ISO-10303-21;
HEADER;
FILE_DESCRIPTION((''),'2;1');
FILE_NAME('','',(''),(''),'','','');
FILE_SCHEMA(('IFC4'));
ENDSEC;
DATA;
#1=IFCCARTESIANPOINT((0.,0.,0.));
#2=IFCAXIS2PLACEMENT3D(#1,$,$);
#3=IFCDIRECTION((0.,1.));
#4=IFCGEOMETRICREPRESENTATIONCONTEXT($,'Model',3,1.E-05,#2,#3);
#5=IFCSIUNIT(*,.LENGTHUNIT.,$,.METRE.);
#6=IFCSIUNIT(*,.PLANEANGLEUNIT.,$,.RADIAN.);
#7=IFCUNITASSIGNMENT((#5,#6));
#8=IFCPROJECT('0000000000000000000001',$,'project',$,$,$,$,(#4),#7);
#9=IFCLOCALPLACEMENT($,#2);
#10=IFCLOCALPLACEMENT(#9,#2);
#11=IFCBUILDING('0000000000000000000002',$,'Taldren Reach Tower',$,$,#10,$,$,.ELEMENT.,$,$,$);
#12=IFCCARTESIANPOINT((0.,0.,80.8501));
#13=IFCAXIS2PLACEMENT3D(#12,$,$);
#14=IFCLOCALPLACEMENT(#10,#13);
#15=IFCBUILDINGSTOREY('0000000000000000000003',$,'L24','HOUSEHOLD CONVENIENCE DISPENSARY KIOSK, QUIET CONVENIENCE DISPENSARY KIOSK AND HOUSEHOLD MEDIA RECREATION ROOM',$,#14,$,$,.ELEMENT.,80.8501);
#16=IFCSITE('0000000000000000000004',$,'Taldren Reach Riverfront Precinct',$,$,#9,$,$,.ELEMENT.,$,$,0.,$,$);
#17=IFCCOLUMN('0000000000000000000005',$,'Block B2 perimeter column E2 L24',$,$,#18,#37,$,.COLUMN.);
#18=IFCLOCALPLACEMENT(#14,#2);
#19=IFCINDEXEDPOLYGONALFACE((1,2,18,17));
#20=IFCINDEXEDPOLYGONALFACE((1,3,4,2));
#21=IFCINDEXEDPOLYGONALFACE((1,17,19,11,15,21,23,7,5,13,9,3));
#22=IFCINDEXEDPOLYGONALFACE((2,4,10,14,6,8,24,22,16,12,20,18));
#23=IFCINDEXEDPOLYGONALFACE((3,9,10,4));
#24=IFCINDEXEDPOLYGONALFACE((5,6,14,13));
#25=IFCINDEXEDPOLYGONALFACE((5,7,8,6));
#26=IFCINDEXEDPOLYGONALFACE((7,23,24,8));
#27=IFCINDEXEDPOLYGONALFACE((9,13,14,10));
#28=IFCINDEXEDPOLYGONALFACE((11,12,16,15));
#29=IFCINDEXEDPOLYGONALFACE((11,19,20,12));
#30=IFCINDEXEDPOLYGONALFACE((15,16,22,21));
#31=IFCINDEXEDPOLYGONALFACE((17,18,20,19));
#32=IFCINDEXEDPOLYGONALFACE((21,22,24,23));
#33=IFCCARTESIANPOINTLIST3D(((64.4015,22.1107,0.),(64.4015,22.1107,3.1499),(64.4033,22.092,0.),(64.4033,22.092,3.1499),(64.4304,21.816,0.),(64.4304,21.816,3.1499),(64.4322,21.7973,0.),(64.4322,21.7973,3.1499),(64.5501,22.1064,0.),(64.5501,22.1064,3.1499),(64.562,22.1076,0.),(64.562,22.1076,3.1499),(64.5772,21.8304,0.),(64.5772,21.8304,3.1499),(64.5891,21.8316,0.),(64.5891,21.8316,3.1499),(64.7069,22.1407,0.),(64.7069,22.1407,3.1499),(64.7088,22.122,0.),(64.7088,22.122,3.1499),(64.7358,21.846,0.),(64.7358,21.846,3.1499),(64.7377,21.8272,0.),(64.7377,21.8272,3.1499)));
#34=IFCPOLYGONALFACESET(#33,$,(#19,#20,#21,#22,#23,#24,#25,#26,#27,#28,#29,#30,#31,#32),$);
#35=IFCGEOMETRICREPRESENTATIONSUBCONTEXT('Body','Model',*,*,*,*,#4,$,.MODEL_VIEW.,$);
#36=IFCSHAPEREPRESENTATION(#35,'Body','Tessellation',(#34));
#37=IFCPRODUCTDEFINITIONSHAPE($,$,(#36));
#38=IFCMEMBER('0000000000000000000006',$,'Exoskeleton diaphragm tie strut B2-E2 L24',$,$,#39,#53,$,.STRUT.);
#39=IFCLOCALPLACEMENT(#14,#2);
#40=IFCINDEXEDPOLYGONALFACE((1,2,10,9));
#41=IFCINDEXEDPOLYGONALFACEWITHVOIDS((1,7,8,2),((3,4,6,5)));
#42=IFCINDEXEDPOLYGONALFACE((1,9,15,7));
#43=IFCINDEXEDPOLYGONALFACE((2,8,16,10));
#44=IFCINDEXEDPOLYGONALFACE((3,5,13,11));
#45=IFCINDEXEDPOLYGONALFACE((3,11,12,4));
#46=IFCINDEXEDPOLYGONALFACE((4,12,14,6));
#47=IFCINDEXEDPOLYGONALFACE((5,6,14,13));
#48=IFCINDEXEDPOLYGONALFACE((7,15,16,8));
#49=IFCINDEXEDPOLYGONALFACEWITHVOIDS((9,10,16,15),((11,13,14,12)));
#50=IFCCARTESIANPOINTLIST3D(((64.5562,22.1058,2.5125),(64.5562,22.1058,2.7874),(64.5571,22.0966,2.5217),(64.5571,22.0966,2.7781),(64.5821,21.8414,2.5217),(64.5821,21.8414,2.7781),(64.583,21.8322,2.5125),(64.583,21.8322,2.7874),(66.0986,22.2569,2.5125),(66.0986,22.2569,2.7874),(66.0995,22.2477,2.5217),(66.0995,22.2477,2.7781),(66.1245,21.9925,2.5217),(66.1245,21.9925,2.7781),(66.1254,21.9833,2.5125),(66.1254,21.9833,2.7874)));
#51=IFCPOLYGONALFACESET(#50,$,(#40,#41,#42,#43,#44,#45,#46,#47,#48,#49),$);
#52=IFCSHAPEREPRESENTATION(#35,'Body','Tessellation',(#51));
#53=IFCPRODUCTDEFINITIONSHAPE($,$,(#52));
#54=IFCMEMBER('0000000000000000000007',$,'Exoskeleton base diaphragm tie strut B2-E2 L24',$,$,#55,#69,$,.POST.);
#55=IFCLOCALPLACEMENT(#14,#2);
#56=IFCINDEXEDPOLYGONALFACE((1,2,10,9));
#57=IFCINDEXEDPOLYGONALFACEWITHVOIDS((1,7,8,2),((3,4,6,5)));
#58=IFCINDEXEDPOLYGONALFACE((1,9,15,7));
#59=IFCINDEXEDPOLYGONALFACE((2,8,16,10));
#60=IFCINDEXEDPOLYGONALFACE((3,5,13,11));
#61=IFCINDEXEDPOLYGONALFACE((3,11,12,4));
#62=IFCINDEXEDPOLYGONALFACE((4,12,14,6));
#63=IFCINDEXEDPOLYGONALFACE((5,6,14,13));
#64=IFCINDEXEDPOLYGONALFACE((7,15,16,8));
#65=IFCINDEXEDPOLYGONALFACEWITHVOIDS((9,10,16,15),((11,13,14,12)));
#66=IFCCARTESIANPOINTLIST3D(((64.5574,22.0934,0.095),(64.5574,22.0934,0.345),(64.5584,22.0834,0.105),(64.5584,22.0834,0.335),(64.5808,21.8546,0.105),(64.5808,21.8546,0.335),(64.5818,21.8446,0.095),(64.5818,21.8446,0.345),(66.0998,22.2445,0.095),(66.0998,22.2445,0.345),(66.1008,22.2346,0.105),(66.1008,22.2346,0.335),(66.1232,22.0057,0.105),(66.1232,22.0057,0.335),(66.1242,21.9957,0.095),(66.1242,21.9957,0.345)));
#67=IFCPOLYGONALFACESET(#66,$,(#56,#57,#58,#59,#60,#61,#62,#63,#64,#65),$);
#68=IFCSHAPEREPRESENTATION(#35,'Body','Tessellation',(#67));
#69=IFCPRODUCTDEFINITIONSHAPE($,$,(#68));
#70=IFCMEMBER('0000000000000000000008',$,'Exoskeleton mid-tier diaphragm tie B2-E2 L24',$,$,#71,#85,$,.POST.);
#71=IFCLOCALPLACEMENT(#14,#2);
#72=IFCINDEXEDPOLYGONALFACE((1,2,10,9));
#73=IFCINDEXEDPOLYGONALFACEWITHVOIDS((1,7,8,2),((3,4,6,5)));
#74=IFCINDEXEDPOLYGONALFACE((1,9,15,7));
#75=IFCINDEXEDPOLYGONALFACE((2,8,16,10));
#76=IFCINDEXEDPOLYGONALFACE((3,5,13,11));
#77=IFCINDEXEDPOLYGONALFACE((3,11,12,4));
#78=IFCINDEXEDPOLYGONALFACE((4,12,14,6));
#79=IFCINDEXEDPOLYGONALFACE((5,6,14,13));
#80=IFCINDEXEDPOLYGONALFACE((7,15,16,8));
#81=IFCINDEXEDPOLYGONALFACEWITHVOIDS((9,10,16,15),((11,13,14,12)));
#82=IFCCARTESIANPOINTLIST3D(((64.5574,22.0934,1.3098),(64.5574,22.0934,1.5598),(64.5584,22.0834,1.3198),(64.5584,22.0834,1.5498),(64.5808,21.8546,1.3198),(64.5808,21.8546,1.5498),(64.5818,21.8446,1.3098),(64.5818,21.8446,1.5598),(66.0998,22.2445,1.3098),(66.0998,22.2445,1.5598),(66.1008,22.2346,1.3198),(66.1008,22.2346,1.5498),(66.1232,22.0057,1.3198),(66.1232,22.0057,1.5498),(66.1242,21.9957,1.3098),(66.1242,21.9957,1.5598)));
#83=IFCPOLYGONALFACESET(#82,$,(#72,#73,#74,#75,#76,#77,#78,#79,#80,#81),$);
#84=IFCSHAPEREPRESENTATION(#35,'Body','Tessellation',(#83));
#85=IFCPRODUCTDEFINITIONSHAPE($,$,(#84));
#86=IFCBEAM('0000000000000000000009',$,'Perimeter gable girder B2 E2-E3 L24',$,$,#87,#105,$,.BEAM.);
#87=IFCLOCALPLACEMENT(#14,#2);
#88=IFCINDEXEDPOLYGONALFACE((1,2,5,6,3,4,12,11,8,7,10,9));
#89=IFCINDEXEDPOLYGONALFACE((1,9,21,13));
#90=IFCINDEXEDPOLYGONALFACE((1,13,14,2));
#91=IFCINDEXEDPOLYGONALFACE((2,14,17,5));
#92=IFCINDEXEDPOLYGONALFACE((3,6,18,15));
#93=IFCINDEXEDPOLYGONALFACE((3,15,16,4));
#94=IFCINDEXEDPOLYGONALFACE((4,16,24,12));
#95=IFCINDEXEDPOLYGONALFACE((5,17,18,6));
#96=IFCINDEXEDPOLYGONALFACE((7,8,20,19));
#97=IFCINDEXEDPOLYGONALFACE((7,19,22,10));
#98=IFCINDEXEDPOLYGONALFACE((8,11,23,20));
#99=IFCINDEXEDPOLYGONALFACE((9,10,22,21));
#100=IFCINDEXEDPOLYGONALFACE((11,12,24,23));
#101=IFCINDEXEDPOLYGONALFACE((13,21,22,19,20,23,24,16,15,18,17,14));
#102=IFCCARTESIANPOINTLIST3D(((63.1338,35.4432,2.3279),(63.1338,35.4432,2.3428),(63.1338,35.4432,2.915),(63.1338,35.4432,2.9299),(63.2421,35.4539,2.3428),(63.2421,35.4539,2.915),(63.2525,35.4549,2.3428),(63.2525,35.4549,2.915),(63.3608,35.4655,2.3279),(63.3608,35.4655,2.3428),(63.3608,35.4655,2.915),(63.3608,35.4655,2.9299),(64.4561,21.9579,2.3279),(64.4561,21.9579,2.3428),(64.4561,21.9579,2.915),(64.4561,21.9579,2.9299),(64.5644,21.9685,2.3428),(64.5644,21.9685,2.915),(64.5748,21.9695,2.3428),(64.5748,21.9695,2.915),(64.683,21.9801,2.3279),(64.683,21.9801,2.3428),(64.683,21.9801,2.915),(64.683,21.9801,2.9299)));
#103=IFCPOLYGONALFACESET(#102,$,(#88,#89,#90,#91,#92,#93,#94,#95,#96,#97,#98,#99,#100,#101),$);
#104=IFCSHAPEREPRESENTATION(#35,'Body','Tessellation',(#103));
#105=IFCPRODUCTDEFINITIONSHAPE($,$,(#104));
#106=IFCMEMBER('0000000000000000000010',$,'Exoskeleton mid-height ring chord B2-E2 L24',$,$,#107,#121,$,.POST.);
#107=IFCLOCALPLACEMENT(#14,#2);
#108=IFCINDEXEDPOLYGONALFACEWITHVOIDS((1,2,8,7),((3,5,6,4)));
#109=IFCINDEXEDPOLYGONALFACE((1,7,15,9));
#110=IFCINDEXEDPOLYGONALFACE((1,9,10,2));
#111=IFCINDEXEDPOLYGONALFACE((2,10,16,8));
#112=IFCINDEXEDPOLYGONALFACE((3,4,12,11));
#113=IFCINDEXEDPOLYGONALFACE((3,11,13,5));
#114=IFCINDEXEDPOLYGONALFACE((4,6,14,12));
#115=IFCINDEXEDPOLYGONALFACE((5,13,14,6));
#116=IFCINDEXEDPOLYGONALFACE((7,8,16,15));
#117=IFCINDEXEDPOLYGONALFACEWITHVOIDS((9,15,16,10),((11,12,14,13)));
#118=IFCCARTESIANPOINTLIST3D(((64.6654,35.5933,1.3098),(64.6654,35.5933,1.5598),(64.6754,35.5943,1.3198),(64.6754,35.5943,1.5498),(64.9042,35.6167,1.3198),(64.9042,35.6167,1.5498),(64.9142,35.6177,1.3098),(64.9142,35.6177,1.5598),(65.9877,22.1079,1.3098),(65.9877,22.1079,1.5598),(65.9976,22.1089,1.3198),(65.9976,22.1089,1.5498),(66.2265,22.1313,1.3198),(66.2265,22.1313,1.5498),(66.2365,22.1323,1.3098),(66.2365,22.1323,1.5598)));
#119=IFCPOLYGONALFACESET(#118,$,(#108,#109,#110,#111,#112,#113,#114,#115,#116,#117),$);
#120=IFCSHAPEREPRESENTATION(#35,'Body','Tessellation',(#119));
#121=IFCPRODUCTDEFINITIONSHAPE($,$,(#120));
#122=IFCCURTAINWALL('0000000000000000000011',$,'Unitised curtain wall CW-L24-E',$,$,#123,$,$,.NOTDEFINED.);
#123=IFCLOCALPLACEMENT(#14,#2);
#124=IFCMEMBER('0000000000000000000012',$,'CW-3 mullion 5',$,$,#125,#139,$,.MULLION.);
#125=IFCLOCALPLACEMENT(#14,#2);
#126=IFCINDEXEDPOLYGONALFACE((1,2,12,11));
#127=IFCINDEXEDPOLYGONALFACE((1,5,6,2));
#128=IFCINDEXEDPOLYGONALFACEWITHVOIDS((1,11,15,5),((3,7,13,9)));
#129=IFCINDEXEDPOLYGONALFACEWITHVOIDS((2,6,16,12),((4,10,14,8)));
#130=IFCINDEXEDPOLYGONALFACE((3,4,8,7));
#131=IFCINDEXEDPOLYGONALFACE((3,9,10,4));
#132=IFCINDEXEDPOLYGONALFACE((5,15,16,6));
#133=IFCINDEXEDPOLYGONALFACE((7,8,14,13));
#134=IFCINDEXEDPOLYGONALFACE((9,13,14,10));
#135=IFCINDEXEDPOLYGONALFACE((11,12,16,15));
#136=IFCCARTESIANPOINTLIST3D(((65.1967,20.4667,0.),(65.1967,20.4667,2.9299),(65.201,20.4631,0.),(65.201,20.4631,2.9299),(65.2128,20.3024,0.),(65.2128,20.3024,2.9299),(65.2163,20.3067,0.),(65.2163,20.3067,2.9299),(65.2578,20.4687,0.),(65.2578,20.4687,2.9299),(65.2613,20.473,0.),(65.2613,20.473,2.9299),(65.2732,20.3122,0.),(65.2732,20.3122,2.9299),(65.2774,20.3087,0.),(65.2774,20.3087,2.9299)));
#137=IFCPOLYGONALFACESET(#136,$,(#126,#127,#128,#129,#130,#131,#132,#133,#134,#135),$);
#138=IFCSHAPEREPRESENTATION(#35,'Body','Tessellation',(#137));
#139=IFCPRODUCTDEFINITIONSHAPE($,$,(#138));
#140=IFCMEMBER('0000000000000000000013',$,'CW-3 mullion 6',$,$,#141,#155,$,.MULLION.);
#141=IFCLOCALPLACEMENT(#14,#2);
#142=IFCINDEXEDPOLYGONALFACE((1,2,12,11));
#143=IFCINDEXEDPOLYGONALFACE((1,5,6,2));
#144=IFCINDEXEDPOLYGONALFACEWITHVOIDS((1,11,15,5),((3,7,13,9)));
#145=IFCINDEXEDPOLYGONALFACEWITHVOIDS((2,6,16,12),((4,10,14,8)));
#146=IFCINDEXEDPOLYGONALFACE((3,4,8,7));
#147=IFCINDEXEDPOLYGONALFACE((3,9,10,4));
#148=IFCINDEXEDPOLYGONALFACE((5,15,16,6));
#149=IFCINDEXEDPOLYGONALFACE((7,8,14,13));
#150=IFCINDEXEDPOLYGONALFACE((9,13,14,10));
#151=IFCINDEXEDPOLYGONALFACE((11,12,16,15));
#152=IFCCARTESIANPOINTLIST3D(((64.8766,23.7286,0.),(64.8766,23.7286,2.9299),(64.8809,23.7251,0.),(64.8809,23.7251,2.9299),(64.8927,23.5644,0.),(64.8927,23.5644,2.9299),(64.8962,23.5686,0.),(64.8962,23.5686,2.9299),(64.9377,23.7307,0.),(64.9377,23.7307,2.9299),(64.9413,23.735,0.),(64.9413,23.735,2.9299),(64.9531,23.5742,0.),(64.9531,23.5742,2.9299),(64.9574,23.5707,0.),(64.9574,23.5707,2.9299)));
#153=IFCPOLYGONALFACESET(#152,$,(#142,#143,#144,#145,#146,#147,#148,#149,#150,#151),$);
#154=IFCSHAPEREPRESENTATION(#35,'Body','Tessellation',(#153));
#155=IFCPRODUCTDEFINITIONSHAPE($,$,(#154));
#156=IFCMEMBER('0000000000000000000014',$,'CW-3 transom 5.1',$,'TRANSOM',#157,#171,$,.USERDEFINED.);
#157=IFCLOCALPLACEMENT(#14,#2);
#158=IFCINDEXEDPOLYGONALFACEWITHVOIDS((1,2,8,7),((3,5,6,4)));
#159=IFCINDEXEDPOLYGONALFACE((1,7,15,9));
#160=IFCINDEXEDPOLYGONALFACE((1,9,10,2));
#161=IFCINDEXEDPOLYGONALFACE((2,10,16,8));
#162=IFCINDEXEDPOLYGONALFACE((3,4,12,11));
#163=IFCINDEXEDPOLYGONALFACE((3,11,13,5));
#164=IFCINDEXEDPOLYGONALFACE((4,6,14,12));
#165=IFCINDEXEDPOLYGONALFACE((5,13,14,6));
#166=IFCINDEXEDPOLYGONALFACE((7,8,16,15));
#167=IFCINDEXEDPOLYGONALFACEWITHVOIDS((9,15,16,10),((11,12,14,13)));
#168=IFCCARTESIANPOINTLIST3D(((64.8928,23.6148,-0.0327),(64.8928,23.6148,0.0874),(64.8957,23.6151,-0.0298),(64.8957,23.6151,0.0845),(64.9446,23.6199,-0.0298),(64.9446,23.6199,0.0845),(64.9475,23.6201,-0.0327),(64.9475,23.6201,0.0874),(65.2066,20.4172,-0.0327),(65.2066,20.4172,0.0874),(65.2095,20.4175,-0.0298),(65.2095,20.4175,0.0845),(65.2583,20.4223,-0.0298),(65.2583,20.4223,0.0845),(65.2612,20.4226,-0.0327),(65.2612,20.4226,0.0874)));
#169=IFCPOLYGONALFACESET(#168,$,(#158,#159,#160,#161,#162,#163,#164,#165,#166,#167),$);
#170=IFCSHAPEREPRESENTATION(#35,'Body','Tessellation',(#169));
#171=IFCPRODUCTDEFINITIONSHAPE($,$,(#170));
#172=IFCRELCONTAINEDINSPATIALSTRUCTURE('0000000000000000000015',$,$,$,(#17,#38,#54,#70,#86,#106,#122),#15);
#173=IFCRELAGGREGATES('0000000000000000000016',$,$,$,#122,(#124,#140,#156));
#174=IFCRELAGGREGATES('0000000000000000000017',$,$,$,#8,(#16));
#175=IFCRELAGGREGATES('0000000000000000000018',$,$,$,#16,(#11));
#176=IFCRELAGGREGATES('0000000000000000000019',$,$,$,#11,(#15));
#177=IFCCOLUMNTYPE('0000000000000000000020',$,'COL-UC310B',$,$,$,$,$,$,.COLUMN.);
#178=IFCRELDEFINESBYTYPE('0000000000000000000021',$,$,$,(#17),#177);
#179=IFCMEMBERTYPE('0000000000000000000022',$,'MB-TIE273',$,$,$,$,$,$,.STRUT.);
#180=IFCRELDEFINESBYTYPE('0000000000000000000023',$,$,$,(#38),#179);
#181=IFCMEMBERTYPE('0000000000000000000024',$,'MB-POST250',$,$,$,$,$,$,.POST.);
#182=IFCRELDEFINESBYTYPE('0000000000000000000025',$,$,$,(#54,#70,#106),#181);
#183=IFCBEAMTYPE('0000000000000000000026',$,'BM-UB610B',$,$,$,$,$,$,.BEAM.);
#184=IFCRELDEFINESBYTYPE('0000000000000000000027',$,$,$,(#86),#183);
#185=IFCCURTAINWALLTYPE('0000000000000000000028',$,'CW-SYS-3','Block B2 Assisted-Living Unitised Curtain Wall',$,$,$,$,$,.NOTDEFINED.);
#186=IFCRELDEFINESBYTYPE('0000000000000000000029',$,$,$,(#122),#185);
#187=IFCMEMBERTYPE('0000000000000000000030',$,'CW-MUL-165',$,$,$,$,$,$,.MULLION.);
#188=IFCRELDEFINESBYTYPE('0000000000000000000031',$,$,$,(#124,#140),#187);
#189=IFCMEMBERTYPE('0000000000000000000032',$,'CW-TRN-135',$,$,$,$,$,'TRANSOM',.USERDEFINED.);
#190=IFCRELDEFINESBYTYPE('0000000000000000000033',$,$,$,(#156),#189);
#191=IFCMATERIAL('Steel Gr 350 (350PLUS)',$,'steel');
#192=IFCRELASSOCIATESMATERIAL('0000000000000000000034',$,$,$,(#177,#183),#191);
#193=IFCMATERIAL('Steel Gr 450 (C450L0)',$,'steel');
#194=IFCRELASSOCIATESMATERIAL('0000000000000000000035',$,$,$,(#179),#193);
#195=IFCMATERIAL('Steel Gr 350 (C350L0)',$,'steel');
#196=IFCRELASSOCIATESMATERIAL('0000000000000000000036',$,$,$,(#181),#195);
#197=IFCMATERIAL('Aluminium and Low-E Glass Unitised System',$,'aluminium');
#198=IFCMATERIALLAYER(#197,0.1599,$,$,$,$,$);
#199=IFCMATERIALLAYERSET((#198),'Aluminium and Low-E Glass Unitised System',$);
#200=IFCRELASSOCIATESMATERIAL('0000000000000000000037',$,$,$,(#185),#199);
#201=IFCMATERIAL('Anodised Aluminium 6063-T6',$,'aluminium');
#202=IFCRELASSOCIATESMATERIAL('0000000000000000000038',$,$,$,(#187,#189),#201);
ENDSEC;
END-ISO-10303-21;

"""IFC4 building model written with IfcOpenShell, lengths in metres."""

from ifc_helpers import new_model, si_unit, direction, frame, origin, origin_2d, place, context, subcontext, project, spatial, hollow_rectangle, i_section, extrude, source, transform, mapped, material, layer, layer_set, material_profile, profile_set, type_object, element, aggregate, save


model = new_model("IFC4")

# Units and contexts
model_context = context("Model", 3, precision=1e-05, world=origin(), true_north=direction((0.0, 1.0)))
body_context = subcontext(model_context, "Body", "Model", "MODEL_VIEW")
ifc_project = project(units=[si_unit("LENGTHUNIT", "METRE"), si_unit("PLANEANGLEUNIT", "RADIAN")], contexts=[model_context])

# Site, building, storey
site_placement = place(None, origin())
site = spatial("IfcSite", under=ifc_project, at=site_placement, Name="Taldren Reach Riverfront Precinct", CompositionType="ELEMENT", RefElevation=0.0)
building_placement = place(site_placement, origin())
building = spatial("IfcBuilding", under=site, at=building_placement, Name="Taldren Reach Tower", CompositionType="ELEMENT")
storey_placement = place(building_placement, frame((0.0, 0.0, 80.8501)))
storey = spatial("IfcBuildingStorey", under=building, at=storey_placement, Name="L24", Description="HOUSEHOLD CONVENIENCE DISPENSARY KIOSK, QUIET CONVENIENCE DISPENSARY KIOSK AND HOUSEHOLD MEDIA RECREATION ROOM", CompositionType="ELEMENT", Elevation=80.8501)

# Column
ifc_material_1 = material(Name="Steel Gr 350 (350PLUS)", Category="steel")
ifc_material_profile_1 = material_profile(ifc_material_1, i_section(OverallWidth=0.3069, OverallDepth=0.3149, WebThickness=0.012, FlangeThickness=0.0188, at=origin_2d()), Name="310UC118")
ifc_profile_set_1 = profile_set([ifc_material_profile_1], Name="Steel Gr 350 (350PLUS)")
column_type = type_object("IfcColumnType", Name="COL-UC310B", PredefinedType="COLUMN", material=ifc_profile_set_1)
shared_shape_1 = source(origin(), body_context, "Body", "SweptSolid", [
    extrude(i_section(OverallWidth=0.3069, OverallDepth=0.3149, WebThickness=0.012, FlangeThickness=0.0188, at=origin_2d()), origin(), (0.0, 0.0, 1.0), 3.1499),
])
column_placement = place(storey_placement, frame((64.5696, 21.969, 0.0), z_axis=(0.0, 0.0, 1.0), x_axis=(0.995227, 0.097583, 0.0)))
element("IfcColumn", 1, at=column_placement, inside=storey, type_object=column_type, Name="Block B2 perimeter column E2 L24", PredefinedType="COLUMN", context=body_context, shape_type="MappedRepresentation", body=[
    mapped(shared_shape_1, transform((0.0, 0.0, 0.0), scale=1.0)),
])

# Members
ifc_material_2 = material(Name="Steel Gr 450 (C450L0)", Category="steel")
ifc_material_profile_2 = material_profile(ifc_material_2, hollow_rectangle(XDim=0.2749, YDim=0.2749, WallThickness=0.0093, at=origin_2d()), Name="275x275x9.3SHS")
ifc_profile_set_2 = profile_set([ifc_material_profile_2], Name="Steel Gr 450 (C450L0)")
member_type_1 = type_object("IfcMemberType", Name="MB-TIE273", PredefinedType="STRUT", material=ifc_profile_set_2)
shared_shape_2 = source(origin(), body_context, "Body", "SweptSolid", [
    extrude(hollow_rectangle(XDim=0.2749, YDim=0.2749, WallThickness=0.0093, at=origin_2d()), origin(), (0.0, 0.0, 1.0), 1.5498),
])
member_1_placement = place(storey_placement, frame((64.5696, 21.969, 2.6499), z_axis=(0.995235, 0.097507, 0.0), x_axis=(-0.097507, 0.995235, 0.0)))
element("IfcMember", 2, at=member_1_placement, inside=storey, type_object=member_type_1, Name="Exoskeleton diaphragm tie strut B2-E2 L24", PredefinedType="STRUT", context=body_context, shape_type="MappedRepresentation", body=[
    mapped(shared_shape_2, transform((0.0, 0.0, 0.0), scale=1.0)),
])
ifc_material_3 = material(Name="Steel Gr 350 (C350L0)", Category="steel")
ifc_material_profile_3 = material_profile(ifc_material_3, hollow_rectangle(XDim=0.25, YDim=0.25, WallThickness=0.01, at=origin_2d()), Name="250x250x10.0SHS")
ifc_profile_set_3 = profile_set([ifc_material_profile_3], Name="Steel Gr 350 (C350L0)")
member_type_2 = type_object("IfcMemberType", Name="MB-POST250", PredefinedType="POST", material=ifc_profile_set_3)
shared_shape_3 = source(origin(), body_context, "Body", "SweptSolid", [
    extrude(hollow_rectangle(XDim=0.25, YDim=0.25, WallThickness=0.01, at=origin_2d()), origin(), (0.0, 0.0, 1.0), 1.5498),
])
for number, where, z_axis, x_axis, name in (
    (3, (64.5696, 21.969, 0.22), (0.995235, 0.097507, 0.0), (-0.097507, 0.995235, 0.0), "Exoskeleton base diaphragm tie strut B2-E2 L24"),
    (4, (64.5696, 21.969, 1.4348), (0.995235, 0.097507, 0.0), (-0.097507, 0.995235, 0.0), "Exoskeleton mid-tier diaphragm tie B2-E2 L24"),
):
    element("IfcMember", number, at=place(storey_placement, frame(where, z_axis=z_axis, x_axis=x_axis)), inside=storey, type_object=member_type_2, Name=name, PredefinedType="POST", context=body_context, shape_type="MappedRepresentation", body=[
        mapped(shared_shape_3, transform((0.0, 0.0, 0.0), scale=1.0)),
    ])

# Beam
ifc_material_profile_4 = material_profile(ifc_material_1, i_section(OverallWidth=0.228, OverallDepth=0.6021, WebThickness=0.0105, FlangeThickness=0.0149, at=origin_2d()), Name="610UB101")
ifc_profile_set_4 = profile_set([ifc_material_profile_4], Name="Steel Gr 350 (350PLUS)")
beam_type = type_object("IfcBeamType", Name="BM-UB610B", PredefinedType="BEAM", material=ifc_profile_set_4)
shared_shape_4 = source(origin(), body_context, "Body", "SweptSolid", [
    extrude(i_section(OverallWidth=0.228, OverallDepth=0.6021, WebThickness=0.0105, FlangeThickness=0.0149, at=origin_2d()), origin(), (0.0, 0.0, 1.0), 13.55),
])
beam_placement = place(storey_placement, frame((64.5696, 21.969, 2.6289), z_axis=(-0.097584, 0.995227, 0.0), x_axis=(-0.995227, -0.097584, 0.0)))
element("IfcBeam", 5, at=beam_placement, inside=storey, type_object=beam_type, Name="Perimeter gable girder B2 E2-E3 L24", PredefinedType="BEAM", context=body_context, shape_type="MappedRepresentation", body=[
    mapped(shared_shape_4, transform((0.0, 0.0, 0.0), scale=1.0)),
])

# Member
shared_shape_5 = source(origin(), body_context, "Body", "SweptSolid", [
    extrude(hollow_rectangle(XDim=0.25, YDim=0.25, WallThickness=0.01, at=origin_2d()), origin(), (0.0, 0.0, 1.0), 13.55),
])
member_2_placement = place(storey_placement, frame((66.1121, 22.1201, 1.4348), z_axis=(-0.097584, 0.995227, 0.0), x_axis=(-0.995227, -0.097584, 0.0)))
element("IfcMember", 6, at=member_2_placement, inside=storey, type_object=member_type_2, Name="Exoskeleton mid-height ring chord B2-E2 L24", PredefinedType="POST", context=body_context, shape_type="MappedRepresentation", body=[
    mapped(shared_shape_5, transform((0.0, 0.0, 0.0), scale=1.0)),
])

# Curtain wall, members
ifc_material_4 = material(Name="Aluminium and Low-E Glass Unitised System", Category="aluminium")
ifc_layer_1 = layer(ifc_material_4, 0.1599)
ifc_layer_set_1 = layer_set([ifc_layer_1], Name="Aluminium and Low-E Glass Unitised System")
curtain_wall_type = type_object("IfcCurtainWallType", Name="CW-SYS-3", Description="Block B2 Assisted-Living Unitised Curtain Wall", PredefinedType="NOTDEFINED", material=ifc_layer_set_1)
curtain_wall_placement = place(storey_placement, origin())
curtain_wall = element("IfcCurtainWall", 7, at=curtain_wall_placement, inside=storey, type_object=curtain_wall_type, Name="Unitised curtain wall CW-L24-E", PredefinedType="NOTDEFINED")
ifc_material_5 = material(Name="Anodised Aluminium 6063-T6", Category="aluminium")
ifc_material_profile_5 = material_profile(ifc_material_5, hollow_rectangle(XDim=0.0649, YDim=0.165, WallThickness=0.0039, at=origin_2d()), Name="ALU-165x65x4RHS")
ifc_profile_set_5 = profile_set([ifc_material_profile_5], Name="Anodised Aluminium 6063-T6")
member_type_3 = type_object("IfcMemberType", Name="CW-MUL-165", PredefinedType="MULLION", material=ifc_profile_set_5)
shared_shape_6 = source(origin(), body_context, "Body", "SweptSolid", [
    extrude(hollow_rectangle(XDim=0.0649, YDim=0.165, WallThickness=0.0039, at=origin_2d()), origin(), (0.0, 0.0, 1.0), 2.9299),
])
member_3_placement = place(storey_placement, frame((65.2371, 20.3877, 0.0), z_axis=(0.0, 0.0, 1.0), x_axis=(-0.995227, -0.097583, 0.0)))
member_3 = element("IfcMember", 8, at=member_3_placement, type_object=member_type_3, Name="CW-3 mullion 5", PredefinedType="MULLION", context=body_context, shape_type="MappedRepresentation", body=[
    mapped(shared_shape_6, transform((0.0, 0.0, 0.0), scale=1.0)),
])
member_4_placement = place(storey_placement, frame((64.917, 23.6497, 0.0), z_axis=(0.0, 0.0, 1.0), x_axis=(-0.995227, -0.097583, 0.0)))
member_4 = element("IfcMember", 9, at=member_4_placement, type_object=member_type_3, Name="CW-3 mullion 6", PredefinedType="MULLION", context=body_context, shape_type="MappedRepresentation", body=[
    mapped(shared_shape_6, transform((0.0, 0.0, 0.0), scale=1.0)),
])
ifc_material_profile_6 = material_profile(ifc_material_5, hollow_rectangle(XDim=0.0549, YDim=0.1201, WallThickness=0.0029, at=origin_2d()), Name="ALU-120x55x3RHS")
ifc_profile_set_6 = profile_set([ifc_material_profile_6], Name="Anodised Aluminium 6063-T6")
member_type_4 = type_object("IfcMemberType", Name="CW-TRN-135", ElementType="TRANSOM", PredefinedType="USERDEFINED", material=ifc_profile_set_6)
shared_shape_7 = source(origin(), body_context, "Body", "SweptSolid", [
    extrude(hollow_rectangle(XDim=0.0549, YDim=0.1201, WallThickness=0.0029, at=origin_2d()), origin(), (0.0, 0.0, 1.0), 3.2129),
])
member_5_placement = place(storey_placement, frame((65.2339, 20.4199, 0.0273), z_axis=(-0.097645, 0.995221, 0.0), x_axis=(-0.995221, -0.097645, 0.0)))
member_5 = element("IfcMember", 10, at=member_5_placement, type_object=member_type_4, Name="CW-3 transom 5.1", ObjectType="TRANSOM", PredefinedType="USERDEFINED", context=body_context, shape_type="MappedRepresentation", body=[
    mapped(shared_shape_7, transform((0.0, 0.0, 0.0), scale=1.0)),
])

aggregate(curtain_wall, [member_3, member_4, member_5])

save(model, "model.ifc")
